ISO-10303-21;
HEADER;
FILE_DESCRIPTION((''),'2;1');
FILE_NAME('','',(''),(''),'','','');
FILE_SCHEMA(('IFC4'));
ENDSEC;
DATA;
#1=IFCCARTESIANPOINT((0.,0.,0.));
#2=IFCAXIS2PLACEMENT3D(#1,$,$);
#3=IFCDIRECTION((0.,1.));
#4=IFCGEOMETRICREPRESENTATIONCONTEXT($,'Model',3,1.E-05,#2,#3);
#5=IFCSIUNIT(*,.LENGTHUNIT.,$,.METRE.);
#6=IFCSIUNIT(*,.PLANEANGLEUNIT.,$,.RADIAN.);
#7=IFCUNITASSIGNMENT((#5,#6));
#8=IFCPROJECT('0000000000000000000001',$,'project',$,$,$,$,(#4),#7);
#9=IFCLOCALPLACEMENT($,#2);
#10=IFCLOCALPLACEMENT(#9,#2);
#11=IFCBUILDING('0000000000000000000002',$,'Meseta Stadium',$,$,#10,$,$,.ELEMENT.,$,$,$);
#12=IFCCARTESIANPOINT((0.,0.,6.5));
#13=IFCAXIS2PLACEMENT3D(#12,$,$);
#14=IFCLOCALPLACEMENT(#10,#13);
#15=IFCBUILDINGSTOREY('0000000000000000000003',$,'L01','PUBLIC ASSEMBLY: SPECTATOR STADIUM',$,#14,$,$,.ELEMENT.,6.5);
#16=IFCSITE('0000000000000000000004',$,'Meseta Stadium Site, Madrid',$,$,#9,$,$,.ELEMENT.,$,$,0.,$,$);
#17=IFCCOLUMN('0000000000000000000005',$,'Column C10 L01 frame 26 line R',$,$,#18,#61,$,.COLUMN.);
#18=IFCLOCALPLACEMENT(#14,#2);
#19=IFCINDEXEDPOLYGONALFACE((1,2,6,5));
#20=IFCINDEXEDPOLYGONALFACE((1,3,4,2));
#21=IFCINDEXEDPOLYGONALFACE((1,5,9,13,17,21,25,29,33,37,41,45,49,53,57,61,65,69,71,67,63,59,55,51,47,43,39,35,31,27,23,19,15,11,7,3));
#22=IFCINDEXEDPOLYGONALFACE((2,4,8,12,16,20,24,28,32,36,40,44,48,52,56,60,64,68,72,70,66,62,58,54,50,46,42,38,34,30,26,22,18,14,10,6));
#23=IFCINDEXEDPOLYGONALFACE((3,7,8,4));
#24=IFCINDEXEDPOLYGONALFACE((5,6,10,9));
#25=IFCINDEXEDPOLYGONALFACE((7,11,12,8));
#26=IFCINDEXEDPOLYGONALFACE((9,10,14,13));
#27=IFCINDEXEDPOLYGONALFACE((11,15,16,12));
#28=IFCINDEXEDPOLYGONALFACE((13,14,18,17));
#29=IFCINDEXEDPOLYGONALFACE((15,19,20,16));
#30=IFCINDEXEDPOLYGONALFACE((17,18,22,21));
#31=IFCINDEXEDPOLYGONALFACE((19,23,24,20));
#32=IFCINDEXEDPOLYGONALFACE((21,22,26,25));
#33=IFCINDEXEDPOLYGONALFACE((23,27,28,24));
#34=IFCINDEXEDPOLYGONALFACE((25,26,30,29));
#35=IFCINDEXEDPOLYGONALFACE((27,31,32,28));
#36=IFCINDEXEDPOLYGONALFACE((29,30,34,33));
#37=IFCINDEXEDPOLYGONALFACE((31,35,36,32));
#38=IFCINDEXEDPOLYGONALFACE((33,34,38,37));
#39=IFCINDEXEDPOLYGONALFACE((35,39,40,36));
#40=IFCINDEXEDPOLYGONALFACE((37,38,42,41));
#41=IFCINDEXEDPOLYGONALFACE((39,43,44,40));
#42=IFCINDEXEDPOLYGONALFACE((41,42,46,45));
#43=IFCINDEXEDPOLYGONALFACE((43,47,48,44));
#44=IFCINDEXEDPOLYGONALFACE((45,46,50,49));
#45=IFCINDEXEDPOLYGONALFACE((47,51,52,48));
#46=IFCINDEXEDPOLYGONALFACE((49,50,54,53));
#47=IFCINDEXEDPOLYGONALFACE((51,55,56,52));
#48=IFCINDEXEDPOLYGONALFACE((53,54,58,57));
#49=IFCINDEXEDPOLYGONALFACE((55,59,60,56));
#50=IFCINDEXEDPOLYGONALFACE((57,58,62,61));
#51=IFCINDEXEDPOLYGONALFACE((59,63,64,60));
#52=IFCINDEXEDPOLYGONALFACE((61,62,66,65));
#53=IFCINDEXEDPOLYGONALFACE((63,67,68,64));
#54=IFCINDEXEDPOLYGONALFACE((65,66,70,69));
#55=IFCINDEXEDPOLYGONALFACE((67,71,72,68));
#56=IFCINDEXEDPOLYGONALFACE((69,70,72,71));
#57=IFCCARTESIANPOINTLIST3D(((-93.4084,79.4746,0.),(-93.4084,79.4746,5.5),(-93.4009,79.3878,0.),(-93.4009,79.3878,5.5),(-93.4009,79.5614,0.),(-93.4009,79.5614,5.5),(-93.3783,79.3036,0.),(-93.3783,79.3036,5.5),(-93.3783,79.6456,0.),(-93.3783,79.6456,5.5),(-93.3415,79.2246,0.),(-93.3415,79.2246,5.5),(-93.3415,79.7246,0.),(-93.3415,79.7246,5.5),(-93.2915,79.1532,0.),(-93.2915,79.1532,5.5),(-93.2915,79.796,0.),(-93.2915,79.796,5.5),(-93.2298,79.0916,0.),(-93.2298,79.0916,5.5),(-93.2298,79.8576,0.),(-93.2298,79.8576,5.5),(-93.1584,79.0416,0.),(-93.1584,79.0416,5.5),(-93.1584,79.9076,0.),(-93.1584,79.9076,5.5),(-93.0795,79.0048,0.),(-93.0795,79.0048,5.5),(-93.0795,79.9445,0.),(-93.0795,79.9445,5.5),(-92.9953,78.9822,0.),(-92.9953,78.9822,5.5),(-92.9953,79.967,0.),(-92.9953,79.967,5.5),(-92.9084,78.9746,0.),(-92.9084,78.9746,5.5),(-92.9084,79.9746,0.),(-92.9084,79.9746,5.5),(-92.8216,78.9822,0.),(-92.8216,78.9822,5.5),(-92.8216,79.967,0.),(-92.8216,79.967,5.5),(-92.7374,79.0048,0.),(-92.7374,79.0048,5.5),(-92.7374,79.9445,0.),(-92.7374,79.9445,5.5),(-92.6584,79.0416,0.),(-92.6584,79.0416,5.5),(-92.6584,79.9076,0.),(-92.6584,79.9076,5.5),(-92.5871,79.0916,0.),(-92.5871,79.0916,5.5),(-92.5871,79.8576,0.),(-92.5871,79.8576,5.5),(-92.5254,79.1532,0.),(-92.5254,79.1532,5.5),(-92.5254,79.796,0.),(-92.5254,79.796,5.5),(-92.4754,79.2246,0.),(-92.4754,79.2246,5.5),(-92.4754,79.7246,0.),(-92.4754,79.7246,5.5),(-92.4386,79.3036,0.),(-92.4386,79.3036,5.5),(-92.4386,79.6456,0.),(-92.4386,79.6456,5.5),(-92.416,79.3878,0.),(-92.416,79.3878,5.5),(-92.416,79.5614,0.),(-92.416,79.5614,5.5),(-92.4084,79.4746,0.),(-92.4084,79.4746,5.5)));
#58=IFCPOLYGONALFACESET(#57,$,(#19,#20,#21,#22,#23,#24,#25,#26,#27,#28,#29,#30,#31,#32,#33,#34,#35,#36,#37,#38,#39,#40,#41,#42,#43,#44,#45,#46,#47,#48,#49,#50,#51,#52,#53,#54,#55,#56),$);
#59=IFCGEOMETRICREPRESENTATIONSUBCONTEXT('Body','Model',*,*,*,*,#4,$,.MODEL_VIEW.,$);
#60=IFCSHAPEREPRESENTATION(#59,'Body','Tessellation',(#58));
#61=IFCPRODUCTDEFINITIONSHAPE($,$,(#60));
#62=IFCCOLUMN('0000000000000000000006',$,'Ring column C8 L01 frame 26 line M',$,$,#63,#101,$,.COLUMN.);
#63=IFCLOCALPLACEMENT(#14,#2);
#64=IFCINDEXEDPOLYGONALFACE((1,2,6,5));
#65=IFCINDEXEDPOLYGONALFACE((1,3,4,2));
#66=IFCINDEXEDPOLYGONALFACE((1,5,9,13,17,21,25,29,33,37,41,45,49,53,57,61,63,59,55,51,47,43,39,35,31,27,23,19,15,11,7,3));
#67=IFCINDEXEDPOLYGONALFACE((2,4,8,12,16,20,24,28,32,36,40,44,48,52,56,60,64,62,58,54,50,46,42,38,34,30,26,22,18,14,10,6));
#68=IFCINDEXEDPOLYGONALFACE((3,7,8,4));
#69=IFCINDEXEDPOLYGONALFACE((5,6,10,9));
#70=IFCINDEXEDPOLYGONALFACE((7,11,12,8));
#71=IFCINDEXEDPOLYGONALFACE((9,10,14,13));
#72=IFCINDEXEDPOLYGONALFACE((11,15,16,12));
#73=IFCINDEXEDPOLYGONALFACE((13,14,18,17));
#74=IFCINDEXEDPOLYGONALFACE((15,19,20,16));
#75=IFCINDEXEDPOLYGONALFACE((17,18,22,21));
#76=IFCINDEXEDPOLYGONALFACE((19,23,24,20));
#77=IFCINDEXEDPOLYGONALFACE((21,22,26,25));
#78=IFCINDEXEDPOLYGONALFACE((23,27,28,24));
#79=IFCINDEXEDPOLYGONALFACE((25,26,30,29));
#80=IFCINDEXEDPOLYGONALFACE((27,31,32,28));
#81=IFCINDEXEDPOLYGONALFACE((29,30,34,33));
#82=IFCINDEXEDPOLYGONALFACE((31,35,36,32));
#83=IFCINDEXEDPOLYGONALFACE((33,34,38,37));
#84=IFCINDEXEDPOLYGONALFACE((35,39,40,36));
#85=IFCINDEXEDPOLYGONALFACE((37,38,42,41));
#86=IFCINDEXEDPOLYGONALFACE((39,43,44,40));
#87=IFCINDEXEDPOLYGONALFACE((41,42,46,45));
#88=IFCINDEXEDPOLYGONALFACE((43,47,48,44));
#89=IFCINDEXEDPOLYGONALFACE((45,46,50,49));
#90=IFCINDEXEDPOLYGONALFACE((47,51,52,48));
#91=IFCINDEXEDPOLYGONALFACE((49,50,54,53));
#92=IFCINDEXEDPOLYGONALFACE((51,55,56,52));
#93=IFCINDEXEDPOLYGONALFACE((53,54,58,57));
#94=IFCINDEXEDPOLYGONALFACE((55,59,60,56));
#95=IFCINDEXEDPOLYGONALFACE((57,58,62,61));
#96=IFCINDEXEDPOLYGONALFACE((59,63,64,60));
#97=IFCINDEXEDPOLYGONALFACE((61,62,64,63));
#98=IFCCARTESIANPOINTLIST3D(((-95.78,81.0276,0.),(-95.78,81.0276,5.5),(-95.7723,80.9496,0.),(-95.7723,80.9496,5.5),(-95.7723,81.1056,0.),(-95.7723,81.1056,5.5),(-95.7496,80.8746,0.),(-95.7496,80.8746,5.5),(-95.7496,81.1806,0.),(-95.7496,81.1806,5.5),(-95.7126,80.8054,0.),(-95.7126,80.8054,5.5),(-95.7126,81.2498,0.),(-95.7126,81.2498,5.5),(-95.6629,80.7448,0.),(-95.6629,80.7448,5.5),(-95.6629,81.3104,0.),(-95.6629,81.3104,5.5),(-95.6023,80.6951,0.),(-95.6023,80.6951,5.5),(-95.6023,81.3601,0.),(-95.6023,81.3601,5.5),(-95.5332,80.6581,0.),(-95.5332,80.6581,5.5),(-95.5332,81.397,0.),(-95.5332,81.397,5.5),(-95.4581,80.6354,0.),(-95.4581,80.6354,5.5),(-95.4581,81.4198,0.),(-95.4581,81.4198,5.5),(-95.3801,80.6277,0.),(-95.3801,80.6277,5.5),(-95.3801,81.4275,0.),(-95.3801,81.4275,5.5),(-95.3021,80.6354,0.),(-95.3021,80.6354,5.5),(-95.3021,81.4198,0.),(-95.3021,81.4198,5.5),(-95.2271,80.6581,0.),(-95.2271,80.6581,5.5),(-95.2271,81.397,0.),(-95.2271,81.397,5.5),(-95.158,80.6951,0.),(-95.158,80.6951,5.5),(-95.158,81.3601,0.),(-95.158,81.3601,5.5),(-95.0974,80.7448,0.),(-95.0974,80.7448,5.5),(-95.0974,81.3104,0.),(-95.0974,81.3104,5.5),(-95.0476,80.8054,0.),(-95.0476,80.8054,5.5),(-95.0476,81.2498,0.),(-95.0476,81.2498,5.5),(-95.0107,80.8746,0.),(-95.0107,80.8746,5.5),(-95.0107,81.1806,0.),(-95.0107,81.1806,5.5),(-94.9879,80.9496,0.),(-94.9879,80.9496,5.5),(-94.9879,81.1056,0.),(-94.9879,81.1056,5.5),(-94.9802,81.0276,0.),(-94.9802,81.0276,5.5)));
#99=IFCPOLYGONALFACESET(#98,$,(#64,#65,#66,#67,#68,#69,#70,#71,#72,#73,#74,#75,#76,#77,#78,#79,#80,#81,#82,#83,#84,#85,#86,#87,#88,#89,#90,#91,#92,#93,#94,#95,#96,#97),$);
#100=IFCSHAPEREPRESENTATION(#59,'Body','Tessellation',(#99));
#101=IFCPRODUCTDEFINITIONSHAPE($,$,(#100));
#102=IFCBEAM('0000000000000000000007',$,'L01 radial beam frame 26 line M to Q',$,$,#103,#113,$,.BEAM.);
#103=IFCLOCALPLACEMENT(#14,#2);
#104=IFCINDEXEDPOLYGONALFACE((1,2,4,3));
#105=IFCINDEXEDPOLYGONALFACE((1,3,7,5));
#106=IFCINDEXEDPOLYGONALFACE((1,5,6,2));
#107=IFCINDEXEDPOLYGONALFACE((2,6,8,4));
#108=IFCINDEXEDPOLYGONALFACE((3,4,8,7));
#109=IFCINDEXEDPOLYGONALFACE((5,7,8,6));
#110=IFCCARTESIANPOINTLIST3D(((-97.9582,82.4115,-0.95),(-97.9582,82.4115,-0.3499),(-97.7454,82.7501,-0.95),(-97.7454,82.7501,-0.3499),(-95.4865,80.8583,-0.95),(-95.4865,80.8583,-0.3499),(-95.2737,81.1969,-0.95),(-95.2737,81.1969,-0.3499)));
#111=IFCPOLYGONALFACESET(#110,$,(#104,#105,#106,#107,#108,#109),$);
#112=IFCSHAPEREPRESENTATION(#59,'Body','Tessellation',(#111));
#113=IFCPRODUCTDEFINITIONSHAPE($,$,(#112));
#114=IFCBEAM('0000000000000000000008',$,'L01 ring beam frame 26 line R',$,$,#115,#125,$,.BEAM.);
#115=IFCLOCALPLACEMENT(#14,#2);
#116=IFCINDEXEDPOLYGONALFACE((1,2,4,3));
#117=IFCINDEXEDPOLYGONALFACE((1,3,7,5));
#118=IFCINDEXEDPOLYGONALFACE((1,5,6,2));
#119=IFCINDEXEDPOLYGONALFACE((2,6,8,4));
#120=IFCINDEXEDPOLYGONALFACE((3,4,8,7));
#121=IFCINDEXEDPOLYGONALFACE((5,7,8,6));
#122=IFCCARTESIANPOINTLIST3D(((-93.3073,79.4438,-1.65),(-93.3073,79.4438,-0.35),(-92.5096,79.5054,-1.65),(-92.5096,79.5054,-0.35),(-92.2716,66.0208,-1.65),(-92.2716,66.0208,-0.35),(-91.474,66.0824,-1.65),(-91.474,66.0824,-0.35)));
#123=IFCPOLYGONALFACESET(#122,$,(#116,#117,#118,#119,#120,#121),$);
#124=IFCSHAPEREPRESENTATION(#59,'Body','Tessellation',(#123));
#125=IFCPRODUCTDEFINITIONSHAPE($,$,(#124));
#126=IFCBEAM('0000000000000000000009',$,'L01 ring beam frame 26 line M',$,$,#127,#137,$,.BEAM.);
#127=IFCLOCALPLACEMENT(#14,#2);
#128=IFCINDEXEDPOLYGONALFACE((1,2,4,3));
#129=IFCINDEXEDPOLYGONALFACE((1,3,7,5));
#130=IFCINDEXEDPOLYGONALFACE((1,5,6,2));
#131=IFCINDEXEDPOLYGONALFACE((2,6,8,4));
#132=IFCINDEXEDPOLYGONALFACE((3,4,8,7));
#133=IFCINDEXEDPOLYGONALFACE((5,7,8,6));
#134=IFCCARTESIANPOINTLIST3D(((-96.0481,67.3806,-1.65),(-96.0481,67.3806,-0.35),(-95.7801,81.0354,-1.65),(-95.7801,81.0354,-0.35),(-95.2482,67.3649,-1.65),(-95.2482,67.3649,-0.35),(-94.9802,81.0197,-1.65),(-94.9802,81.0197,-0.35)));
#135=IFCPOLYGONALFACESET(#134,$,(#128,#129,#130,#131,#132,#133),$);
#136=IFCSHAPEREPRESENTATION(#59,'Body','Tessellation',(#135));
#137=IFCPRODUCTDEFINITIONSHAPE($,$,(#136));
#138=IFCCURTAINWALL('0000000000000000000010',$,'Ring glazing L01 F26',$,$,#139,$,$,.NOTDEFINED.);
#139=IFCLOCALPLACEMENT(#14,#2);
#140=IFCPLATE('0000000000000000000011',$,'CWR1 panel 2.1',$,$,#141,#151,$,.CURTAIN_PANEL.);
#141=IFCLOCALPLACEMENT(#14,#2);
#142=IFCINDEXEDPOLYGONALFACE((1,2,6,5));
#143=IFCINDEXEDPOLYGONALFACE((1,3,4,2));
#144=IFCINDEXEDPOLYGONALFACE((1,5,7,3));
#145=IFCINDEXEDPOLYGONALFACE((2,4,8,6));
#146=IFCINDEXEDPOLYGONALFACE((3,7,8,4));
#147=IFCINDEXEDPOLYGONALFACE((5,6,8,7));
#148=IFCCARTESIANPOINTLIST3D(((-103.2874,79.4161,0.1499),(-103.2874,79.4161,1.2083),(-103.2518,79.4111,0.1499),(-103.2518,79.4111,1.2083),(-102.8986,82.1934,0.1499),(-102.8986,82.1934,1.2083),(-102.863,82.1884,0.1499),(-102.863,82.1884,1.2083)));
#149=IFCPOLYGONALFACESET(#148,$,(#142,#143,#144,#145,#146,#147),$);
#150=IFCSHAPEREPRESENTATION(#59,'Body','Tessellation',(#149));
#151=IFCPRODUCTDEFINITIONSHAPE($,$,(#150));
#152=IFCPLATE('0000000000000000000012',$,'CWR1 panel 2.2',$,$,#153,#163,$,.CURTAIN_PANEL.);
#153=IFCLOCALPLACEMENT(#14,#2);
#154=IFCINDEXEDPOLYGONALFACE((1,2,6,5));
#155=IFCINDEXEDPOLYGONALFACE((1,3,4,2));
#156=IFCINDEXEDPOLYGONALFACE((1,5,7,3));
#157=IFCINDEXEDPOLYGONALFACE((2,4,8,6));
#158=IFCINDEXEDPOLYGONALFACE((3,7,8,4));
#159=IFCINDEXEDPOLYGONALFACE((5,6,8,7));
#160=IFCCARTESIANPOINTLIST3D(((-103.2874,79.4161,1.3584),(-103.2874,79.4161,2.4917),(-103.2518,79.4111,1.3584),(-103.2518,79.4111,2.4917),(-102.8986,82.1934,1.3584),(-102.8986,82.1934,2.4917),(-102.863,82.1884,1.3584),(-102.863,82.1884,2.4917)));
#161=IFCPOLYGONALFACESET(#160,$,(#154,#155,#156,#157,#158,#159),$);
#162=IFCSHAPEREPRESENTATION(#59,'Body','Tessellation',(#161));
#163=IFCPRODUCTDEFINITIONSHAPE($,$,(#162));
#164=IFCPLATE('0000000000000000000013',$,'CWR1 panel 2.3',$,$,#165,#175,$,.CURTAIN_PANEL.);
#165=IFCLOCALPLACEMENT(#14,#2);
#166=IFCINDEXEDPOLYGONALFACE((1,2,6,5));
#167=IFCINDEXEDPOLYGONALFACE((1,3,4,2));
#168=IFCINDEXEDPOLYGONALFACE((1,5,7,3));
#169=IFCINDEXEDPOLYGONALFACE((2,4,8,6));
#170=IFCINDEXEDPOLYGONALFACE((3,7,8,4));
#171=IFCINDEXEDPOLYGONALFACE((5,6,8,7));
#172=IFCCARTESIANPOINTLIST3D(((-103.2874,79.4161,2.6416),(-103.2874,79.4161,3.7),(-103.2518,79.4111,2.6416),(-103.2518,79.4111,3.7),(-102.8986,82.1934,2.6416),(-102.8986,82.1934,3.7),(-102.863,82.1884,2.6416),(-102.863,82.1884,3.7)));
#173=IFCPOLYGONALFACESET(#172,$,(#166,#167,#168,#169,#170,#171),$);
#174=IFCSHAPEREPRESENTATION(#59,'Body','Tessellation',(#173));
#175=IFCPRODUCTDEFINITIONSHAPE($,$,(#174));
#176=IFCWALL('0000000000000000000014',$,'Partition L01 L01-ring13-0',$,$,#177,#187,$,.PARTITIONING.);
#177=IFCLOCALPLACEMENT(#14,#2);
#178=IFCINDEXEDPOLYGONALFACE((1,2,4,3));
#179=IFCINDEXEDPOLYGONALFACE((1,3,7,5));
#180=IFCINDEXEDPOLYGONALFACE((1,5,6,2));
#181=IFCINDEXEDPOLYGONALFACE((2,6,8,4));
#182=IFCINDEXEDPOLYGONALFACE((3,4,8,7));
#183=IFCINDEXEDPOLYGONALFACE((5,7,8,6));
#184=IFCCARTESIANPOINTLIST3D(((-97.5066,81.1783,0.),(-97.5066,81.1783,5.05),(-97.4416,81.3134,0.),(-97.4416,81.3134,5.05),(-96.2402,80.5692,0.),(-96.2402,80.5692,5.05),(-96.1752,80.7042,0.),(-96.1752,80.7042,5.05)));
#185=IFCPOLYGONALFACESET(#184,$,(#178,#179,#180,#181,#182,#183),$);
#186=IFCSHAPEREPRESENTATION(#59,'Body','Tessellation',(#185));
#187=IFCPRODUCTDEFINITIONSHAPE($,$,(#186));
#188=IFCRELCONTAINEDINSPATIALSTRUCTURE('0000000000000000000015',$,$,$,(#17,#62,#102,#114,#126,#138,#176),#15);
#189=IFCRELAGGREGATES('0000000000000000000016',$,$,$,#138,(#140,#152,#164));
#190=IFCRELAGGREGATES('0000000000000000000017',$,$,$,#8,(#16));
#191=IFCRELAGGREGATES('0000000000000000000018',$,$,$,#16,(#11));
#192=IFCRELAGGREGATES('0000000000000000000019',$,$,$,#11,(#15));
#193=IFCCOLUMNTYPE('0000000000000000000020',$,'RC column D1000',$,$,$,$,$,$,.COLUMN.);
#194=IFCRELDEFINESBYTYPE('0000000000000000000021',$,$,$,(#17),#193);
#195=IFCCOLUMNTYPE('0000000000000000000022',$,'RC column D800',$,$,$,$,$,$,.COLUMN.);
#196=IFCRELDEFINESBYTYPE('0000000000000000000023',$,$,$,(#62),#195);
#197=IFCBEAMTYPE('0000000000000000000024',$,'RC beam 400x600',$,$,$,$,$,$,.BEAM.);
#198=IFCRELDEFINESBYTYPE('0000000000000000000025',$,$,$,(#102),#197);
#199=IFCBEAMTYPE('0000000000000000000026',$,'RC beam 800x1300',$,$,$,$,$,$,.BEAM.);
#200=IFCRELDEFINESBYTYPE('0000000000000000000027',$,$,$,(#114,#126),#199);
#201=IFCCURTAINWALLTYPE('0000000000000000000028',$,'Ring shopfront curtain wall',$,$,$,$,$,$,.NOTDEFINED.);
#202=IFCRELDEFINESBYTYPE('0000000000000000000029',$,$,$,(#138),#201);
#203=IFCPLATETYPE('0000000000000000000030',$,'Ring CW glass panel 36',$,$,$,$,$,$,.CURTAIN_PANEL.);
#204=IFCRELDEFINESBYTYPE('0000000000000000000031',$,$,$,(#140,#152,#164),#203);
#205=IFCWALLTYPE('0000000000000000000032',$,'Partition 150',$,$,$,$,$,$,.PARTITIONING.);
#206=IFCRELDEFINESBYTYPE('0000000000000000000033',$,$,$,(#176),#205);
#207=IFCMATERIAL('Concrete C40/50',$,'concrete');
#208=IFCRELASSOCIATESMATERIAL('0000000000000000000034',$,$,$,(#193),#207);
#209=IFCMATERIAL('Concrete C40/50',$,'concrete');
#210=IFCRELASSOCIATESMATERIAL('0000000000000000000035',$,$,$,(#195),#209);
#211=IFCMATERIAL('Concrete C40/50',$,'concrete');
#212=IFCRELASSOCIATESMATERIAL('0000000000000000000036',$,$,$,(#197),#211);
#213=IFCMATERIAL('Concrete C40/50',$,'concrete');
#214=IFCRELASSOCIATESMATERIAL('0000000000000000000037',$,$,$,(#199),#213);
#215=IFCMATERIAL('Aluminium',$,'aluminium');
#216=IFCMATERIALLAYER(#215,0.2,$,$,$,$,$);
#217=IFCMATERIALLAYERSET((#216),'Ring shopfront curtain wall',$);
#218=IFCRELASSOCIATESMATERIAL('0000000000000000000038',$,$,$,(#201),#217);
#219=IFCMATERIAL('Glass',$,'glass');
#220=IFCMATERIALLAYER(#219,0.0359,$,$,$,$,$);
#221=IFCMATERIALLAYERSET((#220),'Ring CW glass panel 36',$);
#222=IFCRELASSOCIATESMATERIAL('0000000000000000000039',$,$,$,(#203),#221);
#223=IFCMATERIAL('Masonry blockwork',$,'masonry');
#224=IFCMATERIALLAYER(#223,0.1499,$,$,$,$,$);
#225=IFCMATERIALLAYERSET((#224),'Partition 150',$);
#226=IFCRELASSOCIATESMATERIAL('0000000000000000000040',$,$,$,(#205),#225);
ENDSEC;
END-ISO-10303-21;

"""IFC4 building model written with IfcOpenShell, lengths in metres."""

from ifc_helpers import new_model, si_unit, direction, frame, frame_2d, origin, origin_2d, place, context, subcontext, project, spatial, rectangle, circle, extrude, material, layer, layer_set, material_profile, profile_set, type_object, element, aggregate, save


model = new_model("IFC4")

# Units and contexts
model_context = context("Model", 3, precision=1e-05, world=origin(), true_north=direction((0.0, 1.0)))
body_context = subcontext(model_context, "Body", "Model", "MODEL_VIEW")
ifc_project = project(units=[si_unit("LENGTHUNIT", "METRE"), si_unit("PLANEANGLEUNIT", "RADIAN")], contexts=[model_context])

# Site, building, storey
site_placement = place(None, origin())
site = spatial("IfcSite", under=ifc_project, at=site_placement, Name="Meseta Stadium Site, Madrid", CompositionType="ELEMENT", RefElevation=0.0)
building_placement = place(site_placement, origin())
building = spatial("IfcBuilding", under=site, at=building_placement, Name="Meseta Stadium", CompositionType="ELEMENT")
storey_placement = place(building_placement, frame((0.0, 0.0, 6.5)))
storey = spatial("IfcBuildingStorey", under=building, at=storey_placement, Name="L01", Description="PUBLIC ASSEMBLY: SPECTATOR STADIUM", CompositionType="ELEMENT", Elevation=6.5)

# Columns
ifc_material_1 = material(Name="Concrete C40/50", Category="concrete")
ifc_material_profile_1 = material_profile(ifc_material_1, circle(Radius=0.5, at=origin_2d()), Name="RC D1000")
ifc_profile_set_1 = profile_set([ifc_material_profile_1], Name="Concrete C40/50")
column_type_1 = type_object("IfcColumnType", Name="RC column D1000", PredefinedType="COLUMN", material=ifc_profile_set_1)
column_1_placement = place(storey_placement, frame((-92.9084, 79.4746, 0.0), z_axis=(0.0, 0.0, 1.0), x_axis=(1.0, 0.0, 0.0)))
element("IfcColumn", 1, at=column_1_placement, inside=storey, type_object=column_type_1, Name="Column C10 L01 frame 26 line R", PredefinedType="COLUMN", context=body_context, shape_type="SweptSolid", body=[
    extrude(circle(Radius=0.5, at=origin_2d()), origin(), (0.0, 0.0, 1.0), 5.5),
])
ifc_material_2 = material(Name="Concrete C40/50", Category="concrete")
ifc_material_profile_2 = material_profile(ifc_material_2, circle(Radius=0.3999, at=origin_2d()), Name="RC D800")
ifc_profile_set_2 = profile_set([ifc_material_profile_2], Name="Concrete C40/50")
column_type_2 = type_object("IfcColumnType", Name="RC column D800", PredefinedType="COLUMN", material=ifc_profile_set_2)
column_2_placement = place(storey_placement, frame((-95.3801, 81.0276, 0.0), z_axis=(0.0, 0.0, 1.0), x_axis=(1.0, 0.0, 0.0)))
element("IfcColumn", 2, at=column_2_placement, inside=storey, type_object=column_type_2, Name="Ring column C8 L01 frame 26 line M", PredefinedType="COLUMN", context=body_context, shape_type="SweptSolid", body=[
    extrude(circle(Radius=0.3999, at=origin_2d()), origin(), (0.0, 0.0, 1.0), 5.5),
])

# Beams
ifc_material_3 = material(Name="Concrete C40/50", Category="concrete")
ifc_material_profile_3 = material_profile(ifc_material_3, rectangle(XDim=0.3999, YDim=0.6001, at=origin_2d()), Name="RC 400x600")
ifc_profile_set_3 = profile_set([ifc_material_profile_3], Name="Concrete C40/50")
beam_type_1 = type_object("IfcBeamType", Name="RC beam 400x600", PredefinedType="BEAM", material=ifc_profile_set_3)
beam_1_placement = place(storey_placement, frame((-95.3801, 81.0276, -0.6499), z_axis=(-0.846699, 0.532072, 0.0), x_axis=(-0.532072, -0.846699, 0.0)))
element("IfcBeam", 3, at=beam_1_placement, inside=storey, type_object=beam_type_1, Name="L01 radial beam frame 26 line M to Q", PredefinedType="BEAM", context=body_context, shape_type="SweptSolid", body=[
    extrude(rectangle(XDim=0.3999, YDim=0.6001, at=origin_2d()), origin(), (0.0, 0.0, 1.0), 2.9192),
])
ifc_material_4 = material(Name="Concrete C40/50", Category="concrete")
ifc_material_profile_4 = material_profile(ifc_material_4, rectangle(XDim=0.8, YDim=1.3, at=origin_2d()), Name="RC 800x1300")
ifc_profile_set_4 = profile_set([ifc_material_profile_4], Name="Concrete C40/50")
beam_type_2 = type_object("IfcBeamType", Name="RC beam 800x1300", PredefinedType="BEAM", material=ifc_profile_set_4)
beam_2_placement = place(storey_placement, frame((-92.9084, 79.4746, -1.0), z_axis=(0.076925, -0.997037, 0.0), x_axis=(0.997037, 0.076925, 0.0)))
element("IfcBeam", 4, at=beam_2_placement, inside=storey, type_object=beam_type_2, Name="L01 ring beam frame 26 line R", PredefinedType="BEAM", context=body_context, shape_type="SweptSolid", body=[
    extrude(rectangle(XDim=0.8, YDim=1.3, at=origin_2d()), origin(), (0.0, 0.0, 1.0), 13.4629),
])
beam_3_placement = place(storey_placement, frame((-95.3801, 81.0276, -1.0), z_axis=(-0.019628, -0.999807, 0.0), x_axis=(0.999807, -0.019628, 0.0)))
element("IfcBeam", 5, at=beam_3_placement, inside=storey, type_object=beam_type_2, Name="L01 ring beam frame 26 line M", PredefinedType="BEAM", context=body_context, shape_type="SweptSolid", body=[
    extrude(rectangle(XDim=0.8, YDim=1.3, at=origin_2d()), origin(), (0.0, 0.0, 1.0), 13.6575),
])

# Curtain wall, plates
ifc_material_5 = material(Name="Aluminium", Category="aluminium")
ifc_layer_1 = layer(ifc_material_5, 0.2)
ifc_layer_set_1 = layer_set([ifc_layer_1], Name="Ring shopfront curtain wall")
curtain_wall_type = type_object("IfcCurtainWallType", Name="Ring shopfront curtain wall", PredefinedType="NOTDEFINED", material=ifc_layer_set_1)
curtain_wall_placement = place(storey_placement, origin())
curtain_wall = element("IfcCurtainWall", 6, at=curtain_wall_placement, inside=storey, type_object=curtain_wall_type, Name="Ring glazing L01 F26", PredefinedType="NOTDEFINED")
ifc_material_6 = material(Name="Glass", Category="glass")
ifc_layer_2 = layer(ifc_material_6, 0.0359)
ifc_layer_set_2 = layer_set([ifc_layer_2], Name="Ring CW glass panel 36")
plate_type = type_object("IfcPlateType", Name="Ring CW glass panel 36", PredefinedType="CURTAIN_PANEL", material=ifc_layer_set_2)
plate_1_placement = place(storey_placement, frame((-103.0752, 80.8022, 0.1499), z_axis=(0.0, 0.0, 1.0), x_axis=(-0.138643, -0.990342, 0.0)))
plate_1 = element("IfcPlate", 7, at=plate_1_placement, type_object=plate_type, Name="CWR1 panel 2.1", PredefinedType="CURTAIN_PANEL", context=body_context, shape_type="SweptSolid", body=[
    extrude(rectangle(XDim=2.8044, YDim=0.0359, at=origin_2d()), origin(), (0.0, 0.0, 1.0), 1.0583),
])
plate_2_placement = place(storey_placement, frame((-103.0752, 80.8022, 1.3584), z_axis=(0.0, 0.0, 1.0), x_axis=(-0.138643, -0.990342, 0.0)))
plate_2 = element("IfcPlate", 8, at=plate_2_placement, type_object=plate_type, Name="CWR1 panel 2.2", PredefinedType="CURTAIN_PANEL", context=body_context, shape_type="SweptSolid", body=[
    extrude(rectangle(XDim=2.8044, YDim=0.0359, at=origin_2d()), origin(), (0.0, 0.0, 1.0), 1.1333),
])
plate_3_placement = place(storey_placement, frame((-103.0752, 80.8022, 2.6416), z_axis=(0.0, 0.0, 1.0), x_axis=(-0.138643, -0.990342, 0.0)))
plate_3 = element("IfcPlate", 9, at=plate_3_placement, type_object=plate_type, Name="CWR1 panel 2.3", PredefinedType="CURTAIN_PANEL", context=body_context, shape_type="SweptSolid", body=[
    extrude(rectangle(XDim=2.8044, YDim=0.0359, at=origin_2d()), origin(), (0.0, 0.0, 1.0), 1.0583),
])
aggregate(curtain_wall, [plate_1, plate_2, plate_3])

# Wall
ifc_material_7 = material(Name="Masonry blockwork", Category="masonry")
ifc_layer_3 = layer(ifc_material_7, 0.1499)
ifc_layer_set_3 = layer_set([ifc_layer_3], Name="Partition 150")
wall_type = type_object("IfcWallType", Name="Partition 150", PredefinedType="PARTITIONING", material=ifc_layer_set_3)
wall_1_placement = place(storey_placement, frame((-97.4741, 81.2458, 0.0), z_axis=(0.0, 0.0, 1.0), x_axis=(0.901168, -0.433471, 0.0)))
element("IfcWall", 10, at=wall_1_placement, inside=storey, type_object=wall_type, Name="Partition L01 L01-ring13-0", PredefinedType="PARTITIONING", context=body_context, shape_type="SweptSolid", body=[
    extrude(rectangle(XDim=1.4053, YDim=0.1499, at=frame_2d((0.7026, 0.0))), origin(), (0.0, 0.0, 1.0), 5.05),
])

save(model, "model.ifc")
